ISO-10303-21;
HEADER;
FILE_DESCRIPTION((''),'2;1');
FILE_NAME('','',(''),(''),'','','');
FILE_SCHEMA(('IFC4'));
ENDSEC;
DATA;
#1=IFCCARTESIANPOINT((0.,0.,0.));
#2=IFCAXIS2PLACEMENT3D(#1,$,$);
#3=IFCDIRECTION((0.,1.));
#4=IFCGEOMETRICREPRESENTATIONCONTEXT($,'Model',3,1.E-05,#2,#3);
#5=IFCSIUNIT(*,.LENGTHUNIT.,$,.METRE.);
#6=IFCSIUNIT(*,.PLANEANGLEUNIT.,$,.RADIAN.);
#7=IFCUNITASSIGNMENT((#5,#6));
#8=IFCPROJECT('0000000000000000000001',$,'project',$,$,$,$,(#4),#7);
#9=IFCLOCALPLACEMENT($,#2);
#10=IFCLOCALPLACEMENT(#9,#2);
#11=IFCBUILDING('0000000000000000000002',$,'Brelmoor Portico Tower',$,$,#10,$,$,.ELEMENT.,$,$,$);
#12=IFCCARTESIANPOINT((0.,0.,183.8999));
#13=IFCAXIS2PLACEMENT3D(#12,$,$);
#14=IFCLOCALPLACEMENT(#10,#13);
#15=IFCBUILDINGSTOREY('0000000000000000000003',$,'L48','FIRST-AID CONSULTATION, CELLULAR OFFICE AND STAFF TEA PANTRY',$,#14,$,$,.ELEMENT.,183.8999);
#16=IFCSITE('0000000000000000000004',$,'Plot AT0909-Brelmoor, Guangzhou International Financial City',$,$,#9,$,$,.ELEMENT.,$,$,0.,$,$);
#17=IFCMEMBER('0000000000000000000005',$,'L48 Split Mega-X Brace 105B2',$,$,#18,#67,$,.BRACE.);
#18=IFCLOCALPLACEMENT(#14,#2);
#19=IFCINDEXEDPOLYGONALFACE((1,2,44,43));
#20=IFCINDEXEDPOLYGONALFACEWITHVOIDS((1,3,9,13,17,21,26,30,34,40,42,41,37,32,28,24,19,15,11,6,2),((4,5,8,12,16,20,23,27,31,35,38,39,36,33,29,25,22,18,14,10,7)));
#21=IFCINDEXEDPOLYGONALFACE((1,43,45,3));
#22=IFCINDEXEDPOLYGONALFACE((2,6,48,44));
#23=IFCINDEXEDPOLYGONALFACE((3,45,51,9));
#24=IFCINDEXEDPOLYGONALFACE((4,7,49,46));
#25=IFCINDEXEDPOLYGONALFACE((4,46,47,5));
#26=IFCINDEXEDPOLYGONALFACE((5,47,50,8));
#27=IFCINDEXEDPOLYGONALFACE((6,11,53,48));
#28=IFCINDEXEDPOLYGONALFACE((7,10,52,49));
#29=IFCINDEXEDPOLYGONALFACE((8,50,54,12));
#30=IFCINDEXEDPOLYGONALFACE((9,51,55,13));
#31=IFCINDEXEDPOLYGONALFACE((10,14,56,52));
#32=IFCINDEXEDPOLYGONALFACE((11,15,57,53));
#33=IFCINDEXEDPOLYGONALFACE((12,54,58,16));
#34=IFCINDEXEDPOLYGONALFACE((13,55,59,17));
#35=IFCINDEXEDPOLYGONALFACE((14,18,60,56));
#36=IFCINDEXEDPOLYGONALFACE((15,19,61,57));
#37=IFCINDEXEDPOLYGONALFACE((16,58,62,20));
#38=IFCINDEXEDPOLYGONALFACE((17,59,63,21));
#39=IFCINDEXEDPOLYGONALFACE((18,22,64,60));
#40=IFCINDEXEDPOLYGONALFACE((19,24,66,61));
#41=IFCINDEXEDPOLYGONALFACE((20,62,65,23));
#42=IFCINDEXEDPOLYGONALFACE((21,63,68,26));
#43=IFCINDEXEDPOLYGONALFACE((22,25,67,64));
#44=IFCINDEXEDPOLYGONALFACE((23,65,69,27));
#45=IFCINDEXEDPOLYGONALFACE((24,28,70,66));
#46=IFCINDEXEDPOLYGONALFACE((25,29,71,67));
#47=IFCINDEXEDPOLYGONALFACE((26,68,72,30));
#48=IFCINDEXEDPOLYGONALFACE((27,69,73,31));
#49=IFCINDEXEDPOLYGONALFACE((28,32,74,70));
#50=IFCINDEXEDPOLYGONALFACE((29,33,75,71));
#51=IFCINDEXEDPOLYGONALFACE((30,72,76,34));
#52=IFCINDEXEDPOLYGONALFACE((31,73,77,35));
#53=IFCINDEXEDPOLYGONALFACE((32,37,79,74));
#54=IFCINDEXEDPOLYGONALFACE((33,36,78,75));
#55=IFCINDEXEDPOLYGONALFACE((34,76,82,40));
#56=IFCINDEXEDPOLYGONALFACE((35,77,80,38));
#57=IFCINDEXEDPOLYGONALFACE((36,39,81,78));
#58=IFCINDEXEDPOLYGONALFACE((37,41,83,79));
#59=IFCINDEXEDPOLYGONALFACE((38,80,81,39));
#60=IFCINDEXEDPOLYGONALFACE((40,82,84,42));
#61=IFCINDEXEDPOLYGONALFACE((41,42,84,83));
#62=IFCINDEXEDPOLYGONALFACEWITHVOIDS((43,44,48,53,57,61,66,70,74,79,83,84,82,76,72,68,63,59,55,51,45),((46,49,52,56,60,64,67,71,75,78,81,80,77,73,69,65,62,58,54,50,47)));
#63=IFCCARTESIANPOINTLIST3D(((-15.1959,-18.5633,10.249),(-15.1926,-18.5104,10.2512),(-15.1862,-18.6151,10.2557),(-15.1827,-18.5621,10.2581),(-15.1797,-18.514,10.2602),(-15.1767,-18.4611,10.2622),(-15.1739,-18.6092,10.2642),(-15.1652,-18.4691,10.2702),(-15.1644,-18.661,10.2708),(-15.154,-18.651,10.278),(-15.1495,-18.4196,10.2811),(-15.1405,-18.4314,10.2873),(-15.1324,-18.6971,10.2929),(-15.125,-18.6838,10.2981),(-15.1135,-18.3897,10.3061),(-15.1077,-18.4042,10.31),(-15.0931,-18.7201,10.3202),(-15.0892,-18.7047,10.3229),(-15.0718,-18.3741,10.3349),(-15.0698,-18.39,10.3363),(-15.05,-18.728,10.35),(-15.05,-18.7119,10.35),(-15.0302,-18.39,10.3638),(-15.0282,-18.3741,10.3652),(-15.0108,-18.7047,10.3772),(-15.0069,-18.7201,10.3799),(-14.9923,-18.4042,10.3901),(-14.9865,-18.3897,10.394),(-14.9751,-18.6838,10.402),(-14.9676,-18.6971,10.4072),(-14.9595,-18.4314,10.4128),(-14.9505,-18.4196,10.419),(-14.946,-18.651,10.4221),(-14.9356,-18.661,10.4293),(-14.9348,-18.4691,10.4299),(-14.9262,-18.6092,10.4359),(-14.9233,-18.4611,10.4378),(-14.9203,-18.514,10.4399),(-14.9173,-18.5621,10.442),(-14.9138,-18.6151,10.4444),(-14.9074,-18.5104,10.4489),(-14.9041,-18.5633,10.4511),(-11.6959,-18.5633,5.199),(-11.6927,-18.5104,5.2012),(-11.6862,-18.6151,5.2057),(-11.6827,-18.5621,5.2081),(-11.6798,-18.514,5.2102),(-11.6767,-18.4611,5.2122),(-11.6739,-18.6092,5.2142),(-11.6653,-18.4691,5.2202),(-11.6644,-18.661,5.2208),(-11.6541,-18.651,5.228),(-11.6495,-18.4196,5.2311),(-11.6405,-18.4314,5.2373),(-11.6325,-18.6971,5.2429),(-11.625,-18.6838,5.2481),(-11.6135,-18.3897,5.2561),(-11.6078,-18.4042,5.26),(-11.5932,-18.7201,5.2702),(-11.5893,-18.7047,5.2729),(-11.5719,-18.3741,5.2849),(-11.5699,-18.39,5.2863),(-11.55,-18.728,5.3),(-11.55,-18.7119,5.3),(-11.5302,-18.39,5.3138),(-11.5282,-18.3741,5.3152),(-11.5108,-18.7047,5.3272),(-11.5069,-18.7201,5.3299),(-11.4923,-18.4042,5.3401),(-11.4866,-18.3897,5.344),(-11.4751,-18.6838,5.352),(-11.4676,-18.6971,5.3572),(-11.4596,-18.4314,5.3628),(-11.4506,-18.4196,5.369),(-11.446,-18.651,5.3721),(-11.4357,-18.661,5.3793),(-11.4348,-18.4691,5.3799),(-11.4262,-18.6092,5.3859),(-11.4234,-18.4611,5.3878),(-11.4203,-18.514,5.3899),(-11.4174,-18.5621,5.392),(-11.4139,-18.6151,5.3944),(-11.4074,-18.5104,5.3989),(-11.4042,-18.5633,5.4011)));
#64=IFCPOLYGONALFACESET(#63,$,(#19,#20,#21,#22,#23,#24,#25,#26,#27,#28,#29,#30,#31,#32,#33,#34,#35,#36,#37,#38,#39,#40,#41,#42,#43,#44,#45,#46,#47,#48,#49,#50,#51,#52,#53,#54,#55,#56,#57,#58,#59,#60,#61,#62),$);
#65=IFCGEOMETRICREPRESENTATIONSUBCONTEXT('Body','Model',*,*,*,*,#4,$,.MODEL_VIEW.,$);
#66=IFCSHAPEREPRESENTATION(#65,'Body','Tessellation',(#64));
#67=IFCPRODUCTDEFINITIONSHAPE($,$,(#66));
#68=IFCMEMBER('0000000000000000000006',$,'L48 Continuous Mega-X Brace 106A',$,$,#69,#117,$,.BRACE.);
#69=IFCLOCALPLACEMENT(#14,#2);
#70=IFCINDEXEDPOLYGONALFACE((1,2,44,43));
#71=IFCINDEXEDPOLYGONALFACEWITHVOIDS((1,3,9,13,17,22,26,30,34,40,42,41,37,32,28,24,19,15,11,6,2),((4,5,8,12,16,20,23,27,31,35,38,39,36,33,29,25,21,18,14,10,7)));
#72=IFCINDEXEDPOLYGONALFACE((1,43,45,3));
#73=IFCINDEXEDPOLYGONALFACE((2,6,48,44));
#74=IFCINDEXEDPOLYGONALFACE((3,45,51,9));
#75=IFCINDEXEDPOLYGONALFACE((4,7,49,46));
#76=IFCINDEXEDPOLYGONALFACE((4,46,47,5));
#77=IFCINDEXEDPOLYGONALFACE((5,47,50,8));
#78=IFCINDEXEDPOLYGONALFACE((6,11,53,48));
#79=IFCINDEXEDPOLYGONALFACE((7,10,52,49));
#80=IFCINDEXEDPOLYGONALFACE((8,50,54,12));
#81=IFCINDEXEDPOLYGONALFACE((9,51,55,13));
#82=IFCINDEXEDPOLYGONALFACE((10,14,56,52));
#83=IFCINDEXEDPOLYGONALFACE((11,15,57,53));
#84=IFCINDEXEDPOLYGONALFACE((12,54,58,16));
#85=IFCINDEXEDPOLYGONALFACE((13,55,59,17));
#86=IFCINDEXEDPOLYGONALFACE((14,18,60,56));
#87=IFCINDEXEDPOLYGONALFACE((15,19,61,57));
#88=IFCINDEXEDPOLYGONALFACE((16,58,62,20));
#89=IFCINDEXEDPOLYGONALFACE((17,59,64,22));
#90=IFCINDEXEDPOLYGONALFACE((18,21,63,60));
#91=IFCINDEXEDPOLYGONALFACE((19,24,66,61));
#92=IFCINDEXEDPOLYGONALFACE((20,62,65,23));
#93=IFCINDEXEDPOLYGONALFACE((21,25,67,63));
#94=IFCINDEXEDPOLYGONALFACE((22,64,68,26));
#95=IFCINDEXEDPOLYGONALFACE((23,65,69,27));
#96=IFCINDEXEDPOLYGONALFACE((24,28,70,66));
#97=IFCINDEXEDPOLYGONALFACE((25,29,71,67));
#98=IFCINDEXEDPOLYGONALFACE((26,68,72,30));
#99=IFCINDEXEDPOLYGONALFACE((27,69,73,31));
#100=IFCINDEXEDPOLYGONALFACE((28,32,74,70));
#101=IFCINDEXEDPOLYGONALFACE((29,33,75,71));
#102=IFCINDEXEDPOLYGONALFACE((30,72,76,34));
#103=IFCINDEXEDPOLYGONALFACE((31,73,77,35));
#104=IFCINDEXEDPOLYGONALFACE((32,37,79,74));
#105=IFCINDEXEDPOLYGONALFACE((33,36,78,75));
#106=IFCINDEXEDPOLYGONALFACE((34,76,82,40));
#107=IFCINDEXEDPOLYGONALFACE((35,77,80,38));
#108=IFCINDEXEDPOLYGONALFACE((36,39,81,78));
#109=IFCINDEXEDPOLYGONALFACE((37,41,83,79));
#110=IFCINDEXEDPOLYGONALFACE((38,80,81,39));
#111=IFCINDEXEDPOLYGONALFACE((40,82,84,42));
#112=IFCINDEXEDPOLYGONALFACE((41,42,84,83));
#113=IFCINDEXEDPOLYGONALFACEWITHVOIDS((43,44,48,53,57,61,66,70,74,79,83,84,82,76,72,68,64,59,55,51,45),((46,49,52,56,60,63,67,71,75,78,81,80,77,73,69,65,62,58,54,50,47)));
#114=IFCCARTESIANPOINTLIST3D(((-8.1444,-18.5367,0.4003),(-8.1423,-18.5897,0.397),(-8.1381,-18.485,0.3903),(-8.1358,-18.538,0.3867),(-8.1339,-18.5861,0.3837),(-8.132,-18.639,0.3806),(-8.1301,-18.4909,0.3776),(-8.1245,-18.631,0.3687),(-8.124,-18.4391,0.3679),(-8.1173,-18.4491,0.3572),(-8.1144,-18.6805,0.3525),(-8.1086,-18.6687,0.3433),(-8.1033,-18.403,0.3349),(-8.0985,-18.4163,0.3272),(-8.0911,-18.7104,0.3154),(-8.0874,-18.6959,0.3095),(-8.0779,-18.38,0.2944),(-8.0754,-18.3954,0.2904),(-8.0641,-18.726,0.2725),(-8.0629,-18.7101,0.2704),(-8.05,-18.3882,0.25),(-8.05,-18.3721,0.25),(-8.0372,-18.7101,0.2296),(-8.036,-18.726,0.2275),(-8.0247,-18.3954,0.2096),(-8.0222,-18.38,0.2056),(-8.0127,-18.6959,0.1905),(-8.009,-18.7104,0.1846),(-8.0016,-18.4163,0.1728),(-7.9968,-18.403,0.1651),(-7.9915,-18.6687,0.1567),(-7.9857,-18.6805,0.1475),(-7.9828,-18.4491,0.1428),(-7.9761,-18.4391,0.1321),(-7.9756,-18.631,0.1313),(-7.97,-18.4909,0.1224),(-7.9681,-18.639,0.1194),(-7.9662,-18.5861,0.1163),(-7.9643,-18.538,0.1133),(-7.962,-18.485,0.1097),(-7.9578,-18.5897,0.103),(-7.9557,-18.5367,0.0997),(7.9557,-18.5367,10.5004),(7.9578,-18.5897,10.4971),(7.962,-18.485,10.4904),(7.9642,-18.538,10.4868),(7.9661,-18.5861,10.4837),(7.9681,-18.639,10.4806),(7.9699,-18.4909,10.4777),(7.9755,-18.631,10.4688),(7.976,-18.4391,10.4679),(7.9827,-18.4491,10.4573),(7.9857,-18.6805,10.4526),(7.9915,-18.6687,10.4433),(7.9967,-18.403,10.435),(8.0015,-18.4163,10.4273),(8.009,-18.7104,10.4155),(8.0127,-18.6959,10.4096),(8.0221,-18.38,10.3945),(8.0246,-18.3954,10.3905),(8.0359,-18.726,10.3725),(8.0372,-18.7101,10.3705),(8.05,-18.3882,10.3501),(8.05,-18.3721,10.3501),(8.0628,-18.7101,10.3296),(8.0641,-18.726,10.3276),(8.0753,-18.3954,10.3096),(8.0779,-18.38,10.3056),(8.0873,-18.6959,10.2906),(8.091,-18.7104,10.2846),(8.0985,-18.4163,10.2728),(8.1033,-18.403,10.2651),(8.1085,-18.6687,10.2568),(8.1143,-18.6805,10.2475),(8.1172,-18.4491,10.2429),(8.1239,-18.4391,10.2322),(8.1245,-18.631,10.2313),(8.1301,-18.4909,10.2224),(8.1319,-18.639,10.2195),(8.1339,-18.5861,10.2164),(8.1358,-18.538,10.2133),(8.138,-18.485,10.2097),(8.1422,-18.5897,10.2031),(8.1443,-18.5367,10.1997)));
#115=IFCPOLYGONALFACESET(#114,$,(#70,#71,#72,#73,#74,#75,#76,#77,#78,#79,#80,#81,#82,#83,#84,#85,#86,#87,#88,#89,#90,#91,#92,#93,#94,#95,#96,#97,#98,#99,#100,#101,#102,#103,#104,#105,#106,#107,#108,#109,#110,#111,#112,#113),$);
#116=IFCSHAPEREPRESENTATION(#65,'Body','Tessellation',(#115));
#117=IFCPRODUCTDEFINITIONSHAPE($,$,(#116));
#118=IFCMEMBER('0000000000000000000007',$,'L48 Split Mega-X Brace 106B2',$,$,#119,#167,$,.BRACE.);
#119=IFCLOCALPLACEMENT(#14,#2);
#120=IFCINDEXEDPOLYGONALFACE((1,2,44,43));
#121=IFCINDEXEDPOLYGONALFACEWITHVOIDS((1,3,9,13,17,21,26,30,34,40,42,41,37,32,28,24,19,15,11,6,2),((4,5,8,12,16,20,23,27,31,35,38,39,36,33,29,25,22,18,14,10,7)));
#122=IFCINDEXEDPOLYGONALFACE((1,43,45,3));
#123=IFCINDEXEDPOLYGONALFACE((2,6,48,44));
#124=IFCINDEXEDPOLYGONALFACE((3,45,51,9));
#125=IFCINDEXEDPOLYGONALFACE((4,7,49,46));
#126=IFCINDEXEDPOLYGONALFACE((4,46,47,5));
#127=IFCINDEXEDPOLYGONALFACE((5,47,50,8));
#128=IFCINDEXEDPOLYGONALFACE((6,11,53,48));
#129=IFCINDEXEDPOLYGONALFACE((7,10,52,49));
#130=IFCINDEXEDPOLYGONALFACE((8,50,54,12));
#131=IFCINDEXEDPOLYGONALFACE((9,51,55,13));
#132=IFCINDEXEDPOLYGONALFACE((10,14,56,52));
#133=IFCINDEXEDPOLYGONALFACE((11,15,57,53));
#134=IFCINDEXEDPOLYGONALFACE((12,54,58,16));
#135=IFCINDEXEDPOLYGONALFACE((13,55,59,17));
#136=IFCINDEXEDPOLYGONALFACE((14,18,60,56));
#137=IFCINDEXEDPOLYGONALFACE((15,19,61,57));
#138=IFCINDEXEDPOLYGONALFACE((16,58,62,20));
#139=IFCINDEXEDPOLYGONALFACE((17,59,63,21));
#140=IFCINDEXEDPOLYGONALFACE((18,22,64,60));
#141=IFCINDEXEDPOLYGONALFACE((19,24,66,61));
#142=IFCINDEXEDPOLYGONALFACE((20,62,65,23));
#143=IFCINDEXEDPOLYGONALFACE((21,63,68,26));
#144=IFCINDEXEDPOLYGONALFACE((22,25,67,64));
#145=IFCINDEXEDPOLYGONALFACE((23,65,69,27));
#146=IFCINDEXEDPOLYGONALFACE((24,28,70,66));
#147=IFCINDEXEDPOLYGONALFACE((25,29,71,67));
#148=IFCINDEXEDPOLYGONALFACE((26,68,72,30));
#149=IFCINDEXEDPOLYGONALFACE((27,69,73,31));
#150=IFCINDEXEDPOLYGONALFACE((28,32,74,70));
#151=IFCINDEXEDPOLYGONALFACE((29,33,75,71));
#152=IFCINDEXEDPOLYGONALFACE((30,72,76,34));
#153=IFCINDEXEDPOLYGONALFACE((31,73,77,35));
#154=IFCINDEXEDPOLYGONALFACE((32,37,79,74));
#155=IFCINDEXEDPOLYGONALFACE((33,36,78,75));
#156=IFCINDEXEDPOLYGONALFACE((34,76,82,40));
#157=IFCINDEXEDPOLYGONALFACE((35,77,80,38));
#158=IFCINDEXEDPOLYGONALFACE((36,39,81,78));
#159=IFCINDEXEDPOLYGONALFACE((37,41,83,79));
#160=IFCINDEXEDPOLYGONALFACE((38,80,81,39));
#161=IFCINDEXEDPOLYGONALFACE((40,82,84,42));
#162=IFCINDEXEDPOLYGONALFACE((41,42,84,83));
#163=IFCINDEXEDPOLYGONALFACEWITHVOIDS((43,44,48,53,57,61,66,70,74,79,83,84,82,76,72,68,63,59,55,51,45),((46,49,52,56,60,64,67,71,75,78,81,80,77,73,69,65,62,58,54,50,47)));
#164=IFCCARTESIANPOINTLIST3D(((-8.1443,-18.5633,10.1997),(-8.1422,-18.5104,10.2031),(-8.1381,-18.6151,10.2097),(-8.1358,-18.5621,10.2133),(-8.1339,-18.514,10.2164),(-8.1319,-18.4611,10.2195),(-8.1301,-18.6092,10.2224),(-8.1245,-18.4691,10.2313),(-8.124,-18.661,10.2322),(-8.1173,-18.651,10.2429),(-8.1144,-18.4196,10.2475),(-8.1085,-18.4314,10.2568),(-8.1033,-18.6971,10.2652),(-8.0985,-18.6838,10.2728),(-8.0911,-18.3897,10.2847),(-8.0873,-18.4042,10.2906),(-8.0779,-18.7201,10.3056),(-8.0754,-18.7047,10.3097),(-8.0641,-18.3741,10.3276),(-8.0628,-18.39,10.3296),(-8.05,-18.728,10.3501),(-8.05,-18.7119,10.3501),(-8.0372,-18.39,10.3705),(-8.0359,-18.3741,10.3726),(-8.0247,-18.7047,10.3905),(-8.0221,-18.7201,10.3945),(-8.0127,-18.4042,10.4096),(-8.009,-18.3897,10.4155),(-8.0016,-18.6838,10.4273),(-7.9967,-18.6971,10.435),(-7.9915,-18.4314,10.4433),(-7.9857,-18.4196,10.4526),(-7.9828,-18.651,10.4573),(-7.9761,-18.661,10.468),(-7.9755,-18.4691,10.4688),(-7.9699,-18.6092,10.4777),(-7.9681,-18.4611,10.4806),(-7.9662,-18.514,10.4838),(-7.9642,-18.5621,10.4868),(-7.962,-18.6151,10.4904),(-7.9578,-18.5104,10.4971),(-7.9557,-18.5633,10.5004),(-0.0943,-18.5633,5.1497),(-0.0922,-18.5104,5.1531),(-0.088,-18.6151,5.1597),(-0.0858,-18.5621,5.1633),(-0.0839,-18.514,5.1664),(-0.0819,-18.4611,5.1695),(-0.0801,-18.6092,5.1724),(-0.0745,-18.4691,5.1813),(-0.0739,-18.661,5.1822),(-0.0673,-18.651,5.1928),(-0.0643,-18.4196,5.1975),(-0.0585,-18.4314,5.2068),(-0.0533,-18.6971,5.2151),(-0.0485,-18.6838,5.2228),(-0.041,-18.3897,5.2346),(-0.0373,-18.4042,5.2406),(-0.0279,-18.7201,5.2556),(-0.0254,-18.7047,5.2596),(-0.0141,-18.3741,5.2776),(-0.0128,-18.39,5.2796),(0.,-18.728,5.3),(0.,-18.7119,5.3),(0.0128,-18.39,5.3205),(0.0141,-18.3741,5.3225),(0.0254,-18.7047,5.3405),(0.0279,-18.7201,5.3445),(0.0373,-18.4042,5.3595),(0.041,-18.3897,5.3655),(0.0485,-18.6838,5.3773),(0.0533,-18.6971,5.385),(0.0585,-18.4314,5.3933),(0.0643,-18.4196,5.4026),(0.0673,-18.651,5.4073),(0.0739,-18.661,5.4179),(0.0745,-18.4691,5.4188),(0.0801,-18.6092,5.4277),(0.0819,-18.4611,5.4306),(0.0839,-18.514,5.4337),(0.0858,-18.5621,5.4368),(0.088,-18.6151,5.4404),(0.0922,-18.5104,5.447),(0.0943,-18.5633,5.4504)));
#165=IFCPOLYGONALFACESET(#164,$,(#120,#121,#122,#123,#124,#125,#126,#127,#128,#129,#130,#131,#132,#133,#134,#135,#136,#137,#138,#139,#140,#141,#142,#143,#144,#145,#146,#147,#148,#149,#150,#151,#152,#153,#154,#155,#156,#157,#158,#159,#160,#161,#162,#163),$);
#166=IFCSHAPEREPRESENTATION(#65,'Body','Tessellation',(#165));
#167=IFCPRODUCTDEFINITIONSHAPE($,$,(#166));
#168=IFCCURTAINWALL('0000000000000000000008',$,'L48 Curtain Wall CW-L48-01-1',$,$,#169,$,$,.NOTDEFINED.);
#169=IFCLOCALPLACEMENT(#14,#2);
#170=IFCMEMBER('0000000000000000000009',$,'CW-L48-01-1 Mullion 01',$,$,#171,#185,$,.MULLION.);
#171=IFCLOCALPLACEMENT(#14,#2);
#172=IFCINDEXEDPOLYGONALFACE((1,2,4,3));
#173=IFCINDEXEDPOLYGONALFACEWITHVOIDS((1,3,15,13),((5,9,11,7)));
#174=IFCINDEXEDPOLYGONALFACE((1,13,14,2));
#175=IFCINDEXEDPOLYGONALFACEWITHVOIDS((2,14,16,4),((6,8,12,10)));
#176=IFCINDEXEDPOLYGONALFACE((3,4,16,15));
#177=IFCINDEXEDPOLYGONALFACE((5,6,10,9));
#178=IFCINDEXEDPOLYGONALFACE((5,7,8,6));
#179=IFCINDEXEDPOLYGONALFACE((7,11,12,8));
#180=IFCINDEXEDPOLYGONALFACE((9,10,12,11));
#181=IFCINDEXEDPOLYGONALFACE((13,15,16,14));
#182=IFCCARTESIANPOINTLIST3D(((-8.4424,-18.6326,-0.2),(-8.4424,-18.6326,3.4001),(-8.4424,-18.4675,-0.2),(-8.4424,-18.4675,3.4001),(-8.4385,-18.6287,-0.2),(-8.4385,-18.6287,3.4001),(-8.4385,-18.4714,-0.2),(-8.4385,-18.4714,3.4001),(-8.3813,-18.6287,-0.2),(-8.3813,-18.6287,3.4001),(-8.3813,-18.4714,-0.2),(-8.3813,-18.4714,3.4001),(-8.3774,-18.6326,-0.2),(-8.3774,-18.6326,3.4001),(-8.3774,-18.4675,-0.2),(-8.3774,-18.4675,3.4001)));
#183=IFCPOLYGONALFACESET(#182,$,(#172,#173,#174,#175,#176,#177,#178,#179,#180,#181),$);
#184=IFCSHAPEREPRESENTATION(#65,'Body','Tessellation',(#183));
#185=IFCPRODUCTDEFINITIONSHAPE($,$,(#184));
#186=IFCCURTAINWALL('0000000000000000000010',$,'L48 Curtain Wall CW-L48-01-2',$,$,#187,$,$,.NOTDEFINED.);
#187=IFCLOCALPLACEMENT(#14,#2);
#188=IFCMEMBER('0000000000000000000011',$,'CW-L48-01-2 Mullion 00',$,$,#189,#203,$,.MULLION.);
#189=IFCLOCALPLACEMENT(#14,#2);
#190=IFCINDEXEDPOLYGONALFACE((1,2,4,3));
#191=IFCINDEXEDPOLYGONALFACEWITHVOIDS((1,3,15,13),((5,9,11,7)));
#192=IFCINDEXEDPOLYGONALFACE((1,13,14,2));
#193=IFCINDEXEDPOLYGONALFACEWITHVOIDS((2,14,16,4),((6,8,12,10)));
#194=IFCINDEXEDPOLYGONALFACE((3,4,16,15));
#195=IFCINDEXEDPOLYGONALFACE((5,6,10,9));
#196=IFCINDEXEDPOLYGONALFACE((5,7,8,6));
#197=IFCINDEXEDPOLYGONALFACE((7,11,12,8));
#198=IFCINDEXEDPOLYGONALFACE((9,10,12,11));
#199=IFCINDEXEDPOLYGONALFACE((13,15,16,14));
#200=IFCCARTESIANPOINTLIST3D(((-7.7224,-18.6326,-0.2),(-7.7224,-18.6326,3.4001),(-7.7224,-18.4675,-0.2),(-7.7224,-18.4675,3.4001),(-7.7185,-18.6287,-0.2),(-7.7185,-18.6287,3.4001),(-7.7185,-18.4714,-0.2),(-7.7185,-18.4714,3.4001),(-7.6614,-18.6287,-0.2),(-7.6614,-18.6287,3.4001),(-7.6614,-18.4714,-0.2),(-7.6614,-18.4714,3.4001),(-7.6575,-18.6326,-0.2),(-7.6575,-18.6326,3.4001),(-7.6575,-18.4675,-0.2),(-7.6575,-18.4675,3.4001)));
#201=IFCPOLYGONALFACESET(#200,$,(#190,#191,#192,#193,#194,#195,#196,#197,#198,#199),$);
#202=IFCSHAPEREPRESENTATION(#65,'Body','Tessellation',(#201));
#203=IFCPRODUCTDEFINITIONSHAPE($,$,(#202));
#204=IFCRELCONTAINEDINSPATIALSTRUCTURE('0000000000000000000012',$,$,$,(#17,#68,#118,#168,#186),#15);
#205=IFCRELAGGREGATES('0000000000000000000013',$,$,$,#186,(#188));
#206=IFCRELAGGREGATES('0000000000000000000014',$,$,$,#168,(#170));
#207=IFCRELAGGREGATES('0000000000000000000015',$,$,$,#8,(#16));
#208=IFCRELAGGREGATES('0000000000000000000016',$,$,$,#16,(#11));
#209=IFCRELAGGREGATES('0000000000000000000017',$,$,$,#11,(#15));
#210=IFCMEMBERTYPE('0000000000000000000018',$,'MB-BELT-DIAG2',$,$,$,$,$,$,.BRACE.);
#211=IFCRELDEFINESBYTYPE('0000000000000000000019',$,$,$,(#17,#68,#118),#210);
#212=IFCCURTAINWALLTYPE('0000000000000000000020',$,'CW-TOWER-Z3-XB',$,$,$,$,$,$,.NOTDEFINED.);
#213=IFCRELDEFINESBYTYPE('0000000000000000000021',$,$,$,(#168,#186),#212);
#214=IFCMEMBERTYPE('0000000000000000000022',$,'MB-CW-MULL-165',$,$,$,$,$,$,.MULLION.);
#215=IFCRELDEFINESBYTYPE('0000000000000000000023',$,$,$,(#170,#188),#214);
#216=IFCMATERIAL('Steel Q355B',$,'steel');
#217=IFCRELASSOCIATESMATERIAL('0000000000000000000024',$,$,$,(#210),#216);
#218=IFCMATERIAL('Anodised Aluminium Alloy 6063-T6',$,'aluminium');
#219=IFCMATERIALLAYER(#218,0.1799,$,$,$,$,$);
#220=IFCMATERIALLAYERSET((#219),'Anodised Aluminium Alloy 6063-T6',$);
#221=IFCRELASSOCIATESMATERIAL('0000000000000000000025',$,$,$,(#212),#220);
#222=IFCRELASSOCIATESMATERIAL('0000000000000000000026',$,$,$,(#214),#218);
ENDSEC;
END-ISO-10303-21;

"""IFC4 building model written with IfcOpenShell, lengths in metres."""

from ifc_helpers import new_model, si_unit, direction, frame, origin, origin_2d, place, context, subcontext, project, spatial, hollow_rectangle, hollow_circle, extrude, material, layer, layer_set, material_profile, profile_set, type_object, element, aggregate, save


model = new_model("IFC4")

# Units and contexts
model_context = context("Model", 3, precision=1e-05, world=origin(), true_north=direction((0.0, 1.0)))
body_context = subcontext(model_context, "Body", "Model", "MODEL_VIEW")
ifc_project = project(units=[si_unit("LENGTHUNIT", "METRE"), si_unit("PLANEANGLEUNIT", "RADIAN")], contexts=[model_context])

# Site, building, storey
site_placement = place(None, origin())
site = spatial("IfcSite", under=ifc_project, at=site_placement, Name="Plot AT0909-Brelmoor, Guangzhou International Financial City", CompositionType="ELEMENT", RefElevation=0.0)
building_placement = place(site_placement, origin())
building = spatial("IfcBuilding", under=site, at=building_placement, Name="Brelmoor Portico Tower", CompositionType="ELEMENT")
storey_placement = place(building_placement, frame((0.0, 0.0, 183.8999)))
storey = spatial("IfcBuildingStorey", under=building, at=storey_placement, Name="L48", Description="FIRST-AID CONSULTATION, CELLULAR OFFICE AND STAFF TEA PANTRY", CompositionType="ELEMENT", Elevation=183.8999)

# Shared definitions
ifc_material_1 = material(Name="Steel Q355B", Category="steel")

# Members
ifc_material_profile_1 = material_profile(ifc_material_1, hollow_circle(Radius=0.178, WallThickness=0.0161, at=origin_2d()), Name="CHS 356x16")
ifc_profile_set_1 = profile_set([ifc_material_profile_1], Name="Steel Q355B")
member_type_1 = type_object("IfcMemberType", Name="MB-BELT-DIAG2", PredefinedType="BRACE", material=ifc_profile_set_1)
for number, where, z_axis, x_axis, name in (
    (1, (-11.55, -18.55, 5.3), (-0.569629, 0.0, 0.821902), (0.0, -1.0, 0.0), "L48 Split Mega-X Brace 105B2"),
):
    element("IfcMember", number, at=place(storey_placement, frame(where, z_axis=z_axis, x_axis=x_axis)), inside=storey, type_object=member_type_1, Name=name, PredefinedType="BRACE", context=body_context, shape_type="SweptSolid", body=[
        extrude(hollow_circle(Radius=0.178, WallThickness=0.0161, at=origin_2d()), origin(), (0.0, 0.0, 1.0), 6.1443),
    ])
member_1_placement = place(storey_placement, frame((-8.05, -18.55, 0.25), z_axis=(0.847109, 0.0, 0.531418), x_axis=(0.0, 1.0, 0.0)))
element("IfcMember", 2, at=member_1_placement, inside=storey, type_object=member_type_1, Name="L48 Continuous Mega-X Brace 106A", PredefinedType="BRACE", context=body_context, shape_type="SweptSolid", body=[
    extrude(hollow_circle(Radius=0.178, WallThickness=0.0161, at=origin_2d()), origin(), (0.0, 0.0, 1.0), 19.0059),
])
member_2_placement = place(storey_placement, frame((0.0, -18.55, 5.3), z_axis=(-0.847109, 0.0, 0.531418), x_axis=(0.0, -1.0, 0.0)))
element("IfcMember", 3, at=member_2_placement, inside=storey, type_object=member_type_1, Name="L48 Split Mega-X Brace 106B2", PredefinedType="BRACE", context=body_context, shape_type="SweptSolid", body=[
    extrude(hollow_circle(Radius=0.178, WallThickness=0.0161, at=origin_2d()), origin(), (0.0, 0.0, 1.0), 9.5029),
])

# Curtain wall, member
ifc_material_2 = material(Name="Anodised Aluminium Alloy 6063-T6", Category="aluminium")
ifc_layer_1 = layer(ifc_material_2, 0.1799)
ifc_layer_set_1 = layer_set([ifc_layer_1], Name="Anodised Aluminium Alloy 6063-T6")
curtain_wall_type = type_object("IfcCurtainWallType", Name="CW-TOWER-Z3-XB", PredefinedType="NOTDEFINED", material=ifc_layer_set_1)
curtain_wall_1_placement = place(storey_placement, origin())
curtain_wall_1 = element("IfcCurtainWall", 4, at=curtain_wall_1_placement, inside=storey, type_object=curtain_wall_type, Name="L48 Curtain Wall CW-L48-01-1", PredefinedType="NOTDEFINED")
ifc_material_profile_2 = material_profile(ifc_material_2, hollow_rectangle(XDim=0.0649, YDim=0.165, WallThickness=0.0039, at=origin_2d()), Name="ALU MULLION 65x165")
ifc_profile_set_2 = profile_set([ifc_material_profile_2], Name="Anodised Aluminium Alloy 6063-T6")
member_type_2 = type_object("IfcMemberType", Name="MB-CW-MULL-165", PredefinedType="MULLION", material=ifc_profile_set_2)
member_3_placement = place(storey_placement, frame((-8.4099, -18.55, -0.2), z_axis=(0.0, 0.0, 1.0), x_axis=(1.0, 0.0, 0.0)))
member_3 = element("IfcMember", 5, at=member_3_placement, type_object=member_type_2, Name="CW-L48-01-1 Mullion 01", PredefinedType="MULLION", context=body_context, shape_type="SweptSolid", body=[
    extrude(hollow_rectangle(XDim=0.0649, YDim=0.165, WallThickness=0.0039, at=origin_2d()), origin(), (0.0, 0.0, 1.0), 3.6001),
])

# Curtain wall, member
curtain_wall_2_placement = place(storey_placement, origin())
curtain_wall_2 = element("IfcCurtainWall", 6, at=curtain_wall_2_placement, inside=storey, type_object=curtain_wall_type, Name="L48 Curtain Wall CW-L48-01-2", PredefinedType="NOTDEFINED")
member_4_placement = place(storey_placement, frame((-7.6899, -18.55, -0.2), z_axis=(0.0, 0.0, 1.0), x_axis=(1.0, 0.0, 0.0)))
member_4 = element("IfcMember", 7, at=member_4_placement, type_object=member_type_2, Name="CW-L48-01-2 Mullion 00", PredefinedType="MULLION", context=body_context, shape_type="SweptSolid", body=[
    extrude(hollow_rectangle(XDim=0.0649, YDim=0.165, WallThickness=0.0039, at=origin_2d()), origin(), (0.0, 0.0, 1.0), 3.6001),
])
aggregate(curtain_wall_2, [member_4])

aggregate(curtain_wall_1, [member_3])

save(model, "model.ifc")
